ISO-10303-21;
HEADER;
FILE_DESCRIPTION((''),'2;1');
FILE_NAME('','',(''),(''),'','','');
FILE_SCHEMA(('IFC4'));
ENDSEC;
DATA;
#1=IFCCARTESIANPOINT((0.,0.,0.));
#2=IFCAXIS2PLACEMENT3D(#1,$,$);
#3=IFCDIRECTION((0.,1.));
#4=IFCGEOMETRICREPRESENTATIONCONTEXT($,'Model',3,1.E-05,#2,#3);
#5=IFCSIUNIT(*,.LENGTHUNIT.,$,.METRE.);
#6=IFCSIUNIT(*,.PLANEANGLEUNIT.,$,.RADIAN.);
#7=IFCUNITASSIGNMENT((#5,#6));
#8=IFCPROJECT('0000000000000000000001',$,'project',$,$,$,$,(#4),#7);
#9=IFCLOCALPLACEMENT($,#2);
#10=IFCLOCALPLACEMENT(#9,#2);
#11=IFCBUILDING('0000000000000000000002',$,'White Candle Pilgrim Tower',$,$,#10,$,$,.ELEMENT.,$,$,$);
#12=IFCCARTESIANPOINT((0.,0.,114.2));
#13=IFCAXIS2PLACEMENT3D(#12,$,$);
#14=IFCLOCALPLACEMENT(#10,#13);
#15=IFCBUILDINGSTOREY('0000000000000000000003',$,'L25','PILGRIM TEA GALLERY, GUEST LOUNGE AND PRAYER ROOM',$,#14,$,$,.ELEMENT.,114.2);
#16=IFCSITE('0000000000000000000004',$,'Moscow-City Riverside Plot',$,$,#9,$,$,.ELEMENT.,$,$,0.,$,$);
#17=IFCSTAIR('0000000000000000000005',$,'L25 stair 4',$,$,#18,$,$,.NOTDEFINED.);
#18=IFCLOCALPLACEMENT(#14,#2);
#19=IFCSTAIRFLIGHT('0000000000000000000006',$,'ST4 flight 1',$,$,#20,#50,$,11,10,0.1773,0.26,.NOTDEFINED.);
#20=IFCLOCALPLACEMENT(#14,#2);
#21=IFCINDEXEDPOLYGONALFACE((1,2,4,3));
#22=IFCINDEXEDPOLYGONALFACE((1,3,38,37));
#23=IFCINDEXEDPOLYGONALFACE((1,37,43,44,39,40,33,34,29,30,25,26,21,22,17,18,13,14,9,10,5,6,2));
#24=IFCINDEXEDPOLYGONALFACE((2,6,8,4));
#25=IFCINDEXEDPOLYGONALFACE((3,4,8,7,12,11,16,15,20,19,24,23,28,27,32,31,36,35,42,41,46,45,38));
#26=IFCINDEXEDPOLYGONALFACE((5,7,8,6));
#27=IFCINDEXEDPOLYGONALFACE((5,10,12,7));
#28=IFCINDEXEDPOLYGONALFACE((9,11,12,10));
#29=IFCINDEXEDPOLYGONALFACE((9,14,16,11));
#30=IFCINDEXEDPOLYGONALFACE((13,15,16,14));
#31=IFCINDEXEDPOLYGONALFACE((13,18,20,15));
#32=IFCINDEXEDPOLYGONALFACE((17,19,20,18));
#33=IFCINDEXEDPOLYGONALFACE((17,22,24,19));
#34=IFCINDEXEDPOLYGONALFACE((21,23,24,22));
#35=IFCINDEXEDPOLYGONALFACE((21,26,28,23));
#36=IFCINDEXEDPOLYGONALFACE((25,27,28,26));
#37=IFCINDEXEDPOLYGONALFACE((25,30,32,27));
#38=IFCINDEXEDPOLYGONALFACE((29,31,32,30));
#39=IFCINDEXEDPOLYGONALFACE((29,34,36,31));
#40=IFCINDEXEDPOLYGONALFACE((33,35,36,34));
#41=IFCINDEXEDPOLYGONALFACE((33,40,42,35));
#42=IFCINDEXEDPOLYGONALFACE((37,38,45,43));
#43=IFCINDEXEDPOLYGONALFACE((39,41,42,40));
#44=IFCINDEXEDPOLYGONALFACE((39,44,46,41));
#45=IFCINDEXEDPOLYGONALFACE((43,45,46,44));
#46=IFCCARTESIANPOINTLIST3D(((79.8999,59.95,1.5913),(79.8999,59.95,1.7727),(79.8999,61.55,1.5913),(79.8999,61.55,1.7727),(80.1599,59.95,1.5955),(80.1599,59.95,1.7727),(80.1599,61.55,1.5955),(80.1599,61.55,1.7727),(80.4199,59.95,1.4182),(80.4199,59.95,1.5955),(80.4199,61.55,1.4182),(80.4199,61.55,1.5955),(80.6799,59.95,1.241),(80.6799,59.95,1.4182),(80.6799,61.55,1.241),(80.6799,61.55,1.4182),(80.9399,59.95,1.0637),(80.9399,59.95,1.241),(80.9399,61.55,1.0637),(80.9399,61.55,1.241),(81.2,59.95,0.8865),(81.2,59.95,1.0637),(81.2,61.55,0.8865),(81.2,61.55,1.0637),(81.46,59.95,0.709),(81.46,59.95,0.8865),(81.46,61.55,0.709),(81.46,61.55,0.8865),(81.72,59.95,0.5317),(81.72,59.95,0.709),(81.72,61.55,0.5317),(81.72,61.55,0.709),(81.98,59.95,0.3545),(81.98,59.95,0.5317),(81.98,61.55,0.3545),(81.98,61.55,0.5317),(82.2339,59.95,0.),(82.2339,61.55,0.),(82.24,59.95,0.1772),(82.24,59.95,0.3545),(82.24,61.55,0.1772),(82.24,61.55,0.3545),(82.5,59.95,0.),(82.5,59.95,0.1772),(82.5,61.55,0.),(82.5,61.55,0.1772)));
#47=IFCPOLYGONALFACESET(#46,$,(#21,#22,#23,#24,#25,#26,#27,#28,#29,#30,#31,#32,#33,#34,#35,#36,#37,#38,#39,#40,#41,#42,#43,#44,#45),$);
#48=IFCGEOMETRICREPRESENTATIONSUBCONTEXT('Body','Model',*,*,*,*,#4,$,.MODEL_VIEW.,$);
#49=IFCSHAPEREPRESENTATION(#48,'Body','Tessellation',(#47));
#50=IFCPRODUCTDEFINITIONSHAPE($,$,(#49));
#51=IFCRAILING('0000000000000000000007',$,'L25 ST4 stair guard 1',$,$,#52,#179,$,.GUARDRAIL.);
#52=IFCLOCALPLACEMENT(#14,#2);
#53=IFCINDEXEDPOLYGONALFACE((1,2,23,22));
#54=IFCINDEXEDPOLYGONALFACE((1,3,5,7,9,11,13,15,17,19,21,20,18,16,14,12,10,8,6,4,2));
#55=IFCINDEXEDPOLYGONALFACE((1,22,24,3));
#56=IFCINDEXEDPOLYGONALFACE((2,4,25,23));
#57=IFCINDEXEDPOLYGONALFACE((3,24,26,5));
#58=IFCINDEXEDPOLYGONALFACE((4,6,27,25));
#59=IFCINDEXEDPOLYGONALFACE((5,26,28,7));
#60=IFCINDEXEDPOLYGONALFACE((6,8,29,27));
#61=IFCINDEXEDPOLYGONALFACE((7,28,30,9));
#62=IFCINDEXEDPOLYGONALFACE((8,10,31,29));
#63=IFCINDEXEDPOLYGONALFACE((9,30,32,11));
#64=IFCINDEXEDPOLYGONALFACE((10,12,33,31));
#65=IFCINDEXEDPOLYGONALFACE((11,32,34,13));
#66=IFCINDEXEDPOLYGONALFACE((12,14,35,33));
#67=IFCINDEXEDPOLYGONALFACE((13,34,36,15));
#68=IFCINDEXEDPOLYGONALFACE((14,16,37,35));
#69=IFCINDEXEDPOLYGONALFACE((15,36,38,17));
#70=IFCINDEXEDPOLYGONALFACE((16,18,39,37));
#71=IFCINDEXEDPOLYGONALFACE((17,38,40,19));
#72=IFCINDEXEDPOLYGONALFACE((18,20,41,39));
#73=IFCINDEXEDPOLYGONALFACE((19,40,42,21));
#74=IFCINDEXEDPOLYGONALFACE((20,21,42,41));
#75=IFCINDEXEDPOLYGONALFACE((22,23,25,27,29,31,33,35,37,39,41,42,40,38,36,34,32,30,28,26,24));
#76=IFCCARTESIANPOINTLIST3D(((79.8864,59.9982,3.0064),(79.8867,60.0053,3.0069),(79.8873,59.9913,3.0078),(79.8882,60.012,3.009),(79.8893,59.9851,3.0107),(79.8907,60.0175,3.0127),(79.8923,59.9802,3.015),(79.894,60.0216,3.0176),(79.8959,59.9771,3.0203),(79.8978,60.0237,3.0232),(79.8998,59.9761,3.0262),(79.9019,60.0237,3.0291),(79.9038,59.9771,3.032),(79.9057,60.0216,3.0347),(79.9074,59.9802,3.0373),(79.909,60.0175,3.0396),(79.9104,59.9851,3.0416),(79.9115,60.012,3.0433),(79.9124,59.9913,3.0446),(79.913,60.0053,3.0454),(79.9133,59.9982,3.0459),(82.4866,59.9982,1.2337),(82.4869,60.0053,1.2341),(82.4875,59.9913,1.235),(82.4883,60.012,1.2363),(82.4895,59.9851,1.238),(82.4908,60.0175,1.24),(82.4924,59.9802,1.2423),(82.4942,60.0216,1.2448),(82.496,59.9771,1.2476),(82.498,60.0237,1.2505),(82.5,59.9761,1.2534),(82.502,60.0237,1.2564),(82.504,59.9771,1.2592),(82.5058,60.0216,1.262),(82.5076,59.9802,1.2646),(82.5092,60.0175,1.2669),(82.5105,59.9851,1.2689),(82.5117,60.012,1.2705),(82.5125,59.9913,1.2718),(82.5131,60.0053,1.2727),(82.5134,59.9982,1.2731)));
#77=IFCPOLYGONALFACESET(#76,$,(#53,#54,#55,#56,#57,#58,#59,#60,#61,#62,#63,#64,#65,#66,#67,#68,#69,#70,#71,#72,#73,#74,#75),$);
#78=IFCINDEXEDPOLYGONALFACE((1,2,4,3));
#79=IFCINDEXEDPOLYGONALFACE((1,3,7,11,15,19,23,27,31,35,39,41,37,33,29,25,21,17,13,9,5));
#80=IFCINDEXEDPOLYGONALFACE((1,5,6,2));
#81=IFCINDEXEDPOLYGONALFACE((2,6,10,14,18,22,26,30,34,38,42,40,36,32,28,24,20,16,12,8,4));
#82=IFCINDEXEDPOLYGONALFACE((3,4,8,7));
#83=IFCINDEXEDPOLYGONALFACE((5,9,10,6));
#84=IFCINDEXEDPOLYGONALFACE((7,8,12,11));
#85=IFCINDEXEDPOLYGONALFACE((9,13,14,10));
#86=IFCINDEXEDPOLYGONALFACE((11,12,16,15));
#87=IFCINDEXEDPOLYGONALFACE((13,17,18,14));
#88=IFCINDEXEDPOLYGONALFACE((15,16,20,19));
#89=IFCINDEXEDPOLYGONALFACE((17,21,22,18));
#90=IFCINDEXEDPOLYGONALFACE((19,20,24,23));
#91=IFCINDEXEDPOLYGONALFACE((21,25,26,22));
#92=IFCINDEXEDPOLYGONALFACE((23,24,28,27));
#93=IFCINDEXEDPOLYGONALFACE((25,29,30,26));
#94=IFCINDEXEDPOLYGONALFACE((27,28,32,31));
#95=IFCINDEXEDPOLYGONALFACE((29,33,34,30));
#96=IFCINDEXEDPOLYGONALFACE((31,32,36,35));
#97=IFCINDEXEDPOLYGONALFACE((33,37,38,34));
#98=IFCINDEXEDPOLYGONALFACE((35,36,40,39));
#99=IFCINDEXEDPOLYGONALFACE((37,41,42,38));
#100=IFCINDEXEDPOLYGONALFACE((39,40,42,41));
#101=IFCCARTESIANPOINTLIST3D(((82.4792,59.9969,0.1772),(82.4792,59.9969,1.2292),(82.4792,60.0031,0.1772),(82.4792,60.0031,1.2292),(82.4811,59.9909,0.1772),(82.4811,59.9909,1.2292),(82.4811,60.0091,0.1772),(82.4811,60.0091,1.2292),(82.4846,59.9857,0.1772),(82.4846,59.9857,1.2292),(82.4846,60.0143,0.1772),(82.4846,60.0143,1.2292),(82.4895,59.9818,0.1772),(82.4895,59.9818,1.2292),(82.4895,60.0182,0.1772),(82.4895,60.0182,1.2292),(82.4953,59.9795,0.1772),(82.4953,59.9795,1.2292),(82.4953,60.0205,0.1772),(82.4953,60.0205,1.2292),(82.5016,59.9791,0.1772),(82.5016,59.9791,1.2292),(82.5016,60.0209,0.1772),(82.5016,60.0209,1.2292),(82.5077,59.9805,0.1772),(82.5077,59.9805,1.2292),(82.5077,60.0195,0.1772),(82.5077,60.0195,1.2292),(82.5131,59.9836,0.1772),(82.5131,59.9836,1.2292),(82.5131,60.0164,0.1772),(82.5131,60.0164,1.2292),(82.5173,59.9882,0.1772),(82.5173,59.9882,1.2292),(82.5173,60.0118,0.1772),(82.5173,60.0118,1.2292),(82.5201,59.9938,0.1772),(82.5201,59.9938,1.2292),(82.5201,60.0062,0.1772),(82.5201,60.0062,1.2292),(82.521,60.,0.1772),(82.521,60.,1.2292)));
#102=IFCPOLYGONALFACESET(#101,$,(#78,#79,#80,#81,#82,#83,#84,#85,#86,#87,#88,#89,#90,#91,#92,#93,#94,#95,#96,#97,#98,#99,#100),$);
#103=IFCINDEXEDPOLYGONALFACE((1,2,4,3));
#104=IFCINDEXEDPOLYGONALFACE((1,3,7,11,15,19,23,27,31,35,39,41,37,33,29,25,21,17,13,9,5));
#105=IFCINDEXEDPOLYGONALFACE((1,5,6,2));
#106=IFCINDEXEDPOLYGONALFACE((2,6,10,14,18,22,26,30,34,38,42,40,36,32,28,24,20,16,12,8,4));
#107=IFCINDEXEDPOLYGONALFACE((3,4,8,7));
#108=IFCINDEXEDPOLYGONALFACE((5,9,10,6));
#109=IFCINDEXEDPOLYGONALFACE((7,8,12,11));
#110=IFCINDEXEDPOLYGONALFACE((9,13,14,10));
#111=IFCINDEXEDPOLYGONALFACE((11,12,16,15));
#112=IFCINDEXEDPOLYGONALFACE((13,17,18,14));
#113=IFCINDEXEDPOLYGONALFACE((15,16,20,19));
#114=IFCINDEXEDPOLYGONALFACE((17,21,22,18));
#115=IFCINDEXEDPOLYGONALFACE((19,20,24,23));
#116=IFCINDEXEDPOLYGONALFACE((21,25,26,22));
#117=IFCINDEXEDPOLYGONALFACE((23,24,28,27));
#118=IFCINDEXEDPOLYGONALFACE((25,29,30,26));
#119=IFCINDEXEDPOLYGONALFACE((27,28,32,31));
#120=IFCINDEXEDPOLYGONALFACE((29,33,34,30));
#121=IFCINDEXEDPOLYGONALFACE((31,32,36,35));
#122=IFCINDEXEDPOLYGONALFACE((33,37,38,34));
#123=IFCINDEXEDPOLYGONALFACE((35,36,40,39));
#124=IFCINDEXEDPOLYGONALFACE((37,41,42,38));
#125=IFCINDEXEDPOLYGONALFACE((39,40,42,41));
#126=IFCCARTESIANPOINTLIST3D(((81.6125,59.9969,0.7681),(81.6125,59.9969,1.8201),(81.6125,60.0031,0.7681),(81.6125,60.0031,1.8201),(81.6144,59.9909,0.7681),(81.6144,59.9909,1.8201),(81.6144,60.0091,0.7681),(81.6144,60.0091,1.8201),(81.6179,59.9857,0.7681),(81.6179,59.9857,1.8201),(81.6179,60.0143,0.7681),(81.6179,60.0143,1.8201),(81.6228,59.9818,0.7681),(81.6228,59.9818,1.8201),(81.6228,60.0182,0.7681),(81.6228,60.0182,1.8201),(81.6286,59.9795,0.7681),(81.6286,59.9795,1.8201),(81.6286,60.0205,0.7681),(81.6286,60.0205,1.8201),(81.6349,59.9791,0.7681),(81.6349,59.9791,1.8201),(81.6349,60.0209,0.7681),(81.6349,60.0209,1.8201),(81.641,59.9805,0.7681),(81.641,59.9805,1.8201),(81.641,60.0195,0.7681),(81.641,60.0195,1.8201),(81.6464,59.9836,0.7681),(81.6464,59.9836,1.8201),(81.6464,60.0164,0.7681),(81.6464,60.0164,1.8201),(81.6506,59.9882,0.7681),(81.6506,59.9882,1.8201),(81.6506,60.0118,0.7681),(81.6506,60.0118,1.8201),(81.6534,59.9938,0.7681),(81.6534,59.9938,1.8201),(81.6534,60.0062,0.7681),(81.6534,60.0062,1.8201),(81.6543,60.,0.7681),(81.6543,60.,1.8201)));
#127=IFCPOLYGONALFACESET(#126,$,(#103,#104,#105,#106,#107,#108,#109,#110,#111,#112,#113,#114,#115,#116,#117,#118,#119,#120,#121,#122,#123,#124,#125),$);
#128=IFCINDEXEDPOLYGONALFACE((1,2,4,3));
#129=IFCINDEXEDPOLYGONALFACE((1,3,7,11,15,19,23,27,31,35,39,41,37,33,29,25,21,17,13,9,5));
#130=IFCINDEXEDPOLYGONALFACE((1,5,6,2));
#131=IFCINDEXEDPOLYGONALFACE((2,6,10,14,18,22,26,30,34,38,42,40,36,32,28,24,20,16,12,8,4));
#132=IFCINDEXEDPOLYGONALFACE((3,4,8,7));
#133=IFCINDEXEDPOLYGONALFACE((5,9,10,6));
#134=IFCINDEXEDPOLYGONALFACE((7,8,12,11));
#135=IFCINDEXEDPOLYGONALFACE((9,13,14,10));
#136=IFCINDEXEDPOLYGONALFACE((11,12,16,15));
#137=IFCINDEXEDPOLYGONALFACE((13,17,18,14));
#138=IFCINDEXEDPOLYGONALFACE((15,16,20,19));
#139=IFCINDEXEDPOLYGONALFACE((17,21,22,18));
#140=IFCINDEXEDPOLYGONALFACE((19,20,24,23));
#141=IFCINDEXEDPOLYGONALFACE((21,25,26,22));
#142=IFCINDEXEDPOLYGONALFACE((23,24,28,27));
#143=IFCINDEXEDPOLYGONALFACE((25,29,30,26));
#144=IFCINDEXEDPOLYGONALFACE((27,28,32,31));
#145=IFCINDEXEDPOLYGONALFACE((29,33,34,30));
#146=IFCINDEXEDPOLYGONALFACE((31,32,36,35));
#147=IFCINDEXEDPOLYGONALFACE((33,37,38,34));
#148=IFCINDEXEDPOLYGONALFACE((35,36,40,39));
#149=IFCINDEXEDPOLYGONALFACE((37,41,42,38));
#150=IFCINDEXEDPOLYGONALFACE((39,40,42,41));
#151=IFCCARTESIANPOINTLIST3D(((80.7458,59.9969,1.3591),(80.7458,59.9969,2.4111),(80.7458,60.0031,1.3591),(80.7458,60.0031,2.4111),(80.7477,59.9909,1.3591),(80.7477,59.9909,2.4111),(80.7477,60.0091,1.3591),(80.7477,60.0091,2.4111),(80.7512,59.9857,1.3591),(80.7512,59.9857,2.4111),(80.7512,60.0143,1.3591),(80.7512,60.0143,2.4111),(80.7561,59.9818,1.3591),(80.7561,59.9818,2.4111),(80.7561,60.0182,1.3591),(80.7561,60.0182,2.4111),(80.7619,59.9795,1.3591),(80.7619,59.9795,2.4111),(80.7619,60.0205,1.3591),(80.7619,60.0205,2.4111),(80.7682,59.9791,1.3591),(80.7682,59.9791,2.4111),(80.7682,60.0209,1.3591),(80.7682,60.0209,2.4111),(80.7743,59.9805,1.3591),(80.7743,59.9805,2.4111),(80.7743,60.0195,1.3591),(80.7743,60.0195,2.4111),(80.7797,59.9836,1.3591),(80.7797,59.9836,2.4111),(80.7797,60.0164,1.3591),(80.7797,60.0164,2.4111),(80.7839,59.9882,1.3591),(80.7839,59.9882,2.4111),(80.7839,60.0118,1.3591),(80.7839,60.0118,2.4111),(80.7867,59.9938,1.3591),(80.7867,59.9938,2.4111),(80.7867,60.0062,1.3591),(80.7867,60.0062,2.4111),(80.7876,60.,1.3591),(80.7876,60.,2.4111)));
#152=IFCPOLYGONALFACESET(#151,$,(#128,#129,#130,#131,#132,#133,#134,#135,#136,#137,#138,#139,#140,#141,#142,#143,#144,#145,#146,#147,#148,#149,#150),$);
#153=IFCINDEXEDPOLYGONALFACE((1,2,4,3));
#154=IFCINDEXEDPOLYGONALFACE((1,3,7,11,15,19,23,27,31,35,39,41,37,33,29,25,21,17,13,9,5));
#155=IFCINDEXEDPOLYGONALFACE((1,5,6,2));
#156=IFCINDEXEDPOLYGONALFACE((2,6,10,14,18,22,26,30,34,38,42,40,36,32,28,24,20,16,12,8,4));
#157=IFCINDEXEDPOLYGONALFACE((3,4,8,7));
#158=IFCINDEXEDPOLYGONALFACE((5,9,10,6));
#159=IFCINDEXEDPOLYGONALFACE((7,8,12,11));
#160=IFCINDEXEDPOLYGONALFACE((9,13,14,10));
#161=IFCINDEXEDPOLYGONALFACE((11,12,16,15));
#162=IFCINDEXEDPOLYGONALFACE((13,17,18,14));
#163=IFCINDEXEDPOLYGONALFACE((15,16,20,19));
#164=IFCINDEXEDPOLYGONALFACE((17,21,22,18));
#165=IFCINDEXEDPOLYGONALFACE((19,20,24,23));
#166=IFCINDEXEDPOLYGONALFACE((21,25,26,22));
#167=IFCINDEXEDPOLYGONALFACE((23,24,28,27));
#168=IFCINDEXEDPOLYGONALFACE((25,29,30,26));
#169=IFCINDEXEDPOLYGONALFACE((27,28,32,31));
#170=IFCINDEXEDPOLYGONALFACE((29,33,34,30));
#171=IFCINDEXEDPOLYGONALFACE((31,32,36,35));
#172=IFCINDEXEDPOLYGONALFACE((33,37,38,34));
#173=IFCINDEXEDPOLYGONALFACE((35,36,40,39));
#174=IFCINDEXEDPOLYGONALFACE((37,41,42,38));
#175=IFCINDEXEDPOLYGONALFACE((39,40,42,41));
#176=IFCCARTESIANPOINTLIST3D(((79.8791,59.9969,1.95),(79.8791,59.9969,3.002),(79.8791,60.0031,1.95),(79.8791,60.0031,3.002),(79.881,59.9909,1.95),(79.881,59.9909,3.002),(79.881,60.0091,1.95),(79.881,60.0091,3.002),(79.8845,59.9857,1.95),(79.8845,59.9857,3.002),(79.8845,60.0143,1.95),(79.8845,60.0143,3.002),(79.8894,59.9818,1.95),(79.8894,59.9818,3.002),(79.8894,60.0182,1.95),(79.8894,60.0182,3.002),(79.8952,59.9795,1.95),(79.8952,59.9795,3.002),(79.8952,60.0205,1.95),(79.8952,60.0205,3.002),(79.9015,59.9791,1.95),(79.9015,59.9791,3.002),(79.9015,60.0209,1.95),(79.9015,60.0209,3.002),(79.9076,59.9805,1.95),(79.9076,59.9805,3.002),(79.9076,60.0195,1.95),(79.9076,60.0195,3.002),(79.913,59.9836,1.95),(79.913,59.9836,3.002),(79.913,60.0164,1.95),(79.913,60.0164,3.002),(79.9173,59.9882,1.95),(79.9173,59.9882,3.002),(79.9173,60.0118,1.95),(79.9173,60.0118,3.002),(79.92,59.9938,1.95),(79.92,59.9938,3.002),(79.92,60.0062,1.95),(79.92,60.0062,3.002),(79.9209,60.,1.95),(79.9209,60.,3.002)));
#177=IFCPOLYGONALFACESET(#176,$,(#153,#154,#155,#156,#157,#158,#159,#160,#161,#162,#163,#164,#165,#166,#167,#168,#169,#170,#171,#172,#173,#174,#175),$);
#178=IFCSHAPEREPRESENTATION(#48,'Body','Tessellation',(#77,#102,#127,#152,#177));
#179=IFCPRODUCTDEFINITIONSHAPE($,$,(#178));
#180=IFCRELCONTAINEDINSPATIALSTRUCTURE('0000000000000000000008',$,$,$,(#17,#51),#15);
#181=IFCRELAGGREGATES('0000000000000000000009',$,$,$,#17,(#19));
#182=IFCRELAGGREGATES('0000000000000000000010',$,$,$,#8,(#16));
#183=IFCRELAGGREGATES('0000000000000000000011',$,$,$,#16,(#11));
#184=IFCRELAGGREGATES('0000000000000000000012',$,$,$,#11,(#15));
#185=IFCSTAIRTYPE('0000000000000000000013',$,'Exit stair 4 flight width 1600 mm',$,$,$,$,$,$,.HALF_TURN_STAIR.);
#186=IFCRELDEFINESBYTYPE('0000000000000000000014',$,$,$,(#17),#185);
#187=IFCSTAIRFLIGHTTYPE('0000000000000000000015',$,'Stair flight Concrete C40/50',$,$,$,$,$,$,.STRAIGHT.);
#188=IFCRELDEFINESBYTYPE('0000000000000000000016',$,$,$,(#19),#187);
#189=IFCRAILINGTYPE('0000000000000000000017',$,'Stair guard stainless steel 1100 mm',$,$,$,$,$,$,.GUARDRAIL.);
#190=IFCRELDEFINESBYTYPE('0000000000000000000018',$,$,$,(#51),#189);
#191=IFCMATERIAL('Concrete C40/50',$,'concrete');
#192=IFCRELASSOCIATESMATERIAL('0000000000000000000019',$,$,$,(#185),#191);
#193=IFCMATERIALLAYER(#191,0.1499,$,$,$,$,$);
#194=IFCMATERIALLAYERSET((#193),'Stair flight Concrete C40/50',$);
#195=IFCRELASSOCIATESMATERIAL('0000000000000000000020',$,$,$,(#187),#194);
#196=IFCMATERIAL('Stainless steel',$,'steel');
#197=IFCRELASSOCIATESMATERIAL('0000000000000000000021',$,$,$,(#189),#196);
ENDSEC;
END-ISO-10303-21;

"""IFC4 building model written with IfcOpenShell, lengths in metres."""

from ifc_helpers import new_model, si_unit, direction, frame, origin, origin_2d, place, context, subcontext, project, spatial, polyline, circle, outline, extrude, material, layer, layer_set, type_object, element, aggregate, save


model = new_model("IFC4")

# Units and contexts
model_context = context("Model", 3, precision=1e-05, world=origin(), true_north=direction((0.0, 1.0)))
body_context = subcontext(model_context, "Body", "Model", "MODEL_VIEW")
ifc_project = project(units=[si_unit("LENGTHUNIT", "METRE"), si_unit("PLANEANGLEUNIT", "RADIAN")], contexts=[model_context])

# Site, building, storey
site_placement = place(None, origin())
site = spatial("IfcSite", under=ifc_project, at=site_placement, Name="Moscow-City Riverside Plot", CompositionType="ELEMENT", RefElevation=0.0)
building_placement = place(site_placement, origin())
building = spatial("IfcBuilding", under=site, at=building_placement, Name="White Candle Pilgrim Tower", CompositionType="ELEMENT")
storey_placement = place(building_placement, frame((0.0, 0.0, 114.2)))
storey = spatial("IfcBuildingStorey", under=building, at=storey_placement, Name="L25", Description="PILGRIM TEA GALLERY, GUEST LOUNGE AND PRAYER ROOM", CompositionType="ELEMENT", Elevation=114.2)

# Stair, stair flight
ifc_material_1 = material(Name="Concrete C40/50", Category="concrete")
stair_type = type_object("IfcStairType", Name="Exit stair 4 flight width 1600 mm", PredefinedType="HALF_TURN_STAIR", material=ifc_material_1)
stair_placement = place(storey_placement, origin())
stair = element("IfcStair", 1, at=stair_placement, inside=storey, type_object=stair_type, Name="L25 stair 4", PredefinedType="NOTDEFINED")
ifc_layer_1 = layer(ifc_material_1, 0.1499)
ifc_layer_set_1 = layer_set([ifc_layer_1], Name="Stair flight Concrete C40/50")
stair_flight_type = type_object("IfcStairFlightType", Name="Stair flight Concrete C40/50", PredefinedType="STRAIGHT", material=ifc_layer_set_1)
stair_flight_placement = place(storey_placement, frame((82.5, 60.75, 0.0), z_axis=(0.0, 0.0, 1.0), x_axis=(-1.0, 0.0, 0.0)))
stair_flight = element("IfcStairFlight", 2, at=stair_flight_placement, type_object=stair_flight_type, Name="ST4 flight 1", NumberOfRisers=11, NumberOfTreads=10, PredefinedType="NOTDEFINED", RiserHeight=0.1773, TreadLength=0.26, context=body_context, shape_type="SweptSolid", body=[
    extrude(outline(polyline([(0.0, 0.0), (0.0, 0.1772), (0.26, 0.1772), (0.26, 0.3545), (0.52, 0.3545), (0.52, 0.5317), (0.78, 0.5317), (0.78, 0.709), (1.04, 0.709), (1.04, 0.8865), (1.3, 0.8865), (1.3, 1.0637), (1.5601, 1.0637), (1.5601, 1.241), (1.8201, 1.241), (1.8201, 1.4182), (2.0801, 1.4182), (2.0801, 1.5955), (2.3401, 1.5955), (2.3401, 1.7727), (2.6001, 1.7727), (2.6001, 1.95), (2.6001, 1.5913), (0.2661, 0.0), (0.0, 0.0)])), frame((0.0, 0.8, 0.0), z_axis=(0.0, -1.0, 0.0), x_axis=(1.0, 0.0, 0.0)), (0.0, 0.0, 1.0), 1.6001),
])
aggregate(stair, [stair_flight])

# Railing
ifc_material_2 = material(Name="Stainless steel", Category="steel")
railing_type_1 = type_object("IfcRailingType", Name="Stair guard stainless steel 1100 mm", PredefinedType="GUARDRAIL", material=ifc_material_2)
railing_1_placement = place(storey_placement, frame((82.5, 60.0, 0.1772)))
element("IfcRailing", 3, at=railing_1_placement, inside=storey, type_object=railing_type_1, Name="L25 ST4 stair guard 1", PredefinedType="GUARDRAIL", context=body_context, shape_type="SweptSolid", body=[
    extrude(circle(Radius=0.0239, at=origin_2d()), frame((0.0, 0.0, 1.0762), z_axis=(-0.82624, 0.0, 0.563318), x_axis=(0.0, -1.0, 0.0)), (0.0, 0.0, 1.0), 3.147),
    extrude(circle(Radius=0.021, at=origin_2d()), origin(), (0.0, 0.0, 1.0), 1.052),
    extrude(circle(Radius=0.021, at=origin_2d()), frame((-0.8667, 0.0, 0.5908)), (0.0, 0.0, 1.0), 1.052),
    extrude(circle(Radius=0.021, at=origin_2d()), frame((-1.7334, 0.0, 1.1819)), (0.0, 0.0, 1.0), 1.052),
    extrude(circle(Radius=0.021, at=origin_2d()), frame((-2.6001, 0.0, 1.7727)), (0.0, 0.0, 1.0), 1.052),
])

save(model, "model.ifc")
